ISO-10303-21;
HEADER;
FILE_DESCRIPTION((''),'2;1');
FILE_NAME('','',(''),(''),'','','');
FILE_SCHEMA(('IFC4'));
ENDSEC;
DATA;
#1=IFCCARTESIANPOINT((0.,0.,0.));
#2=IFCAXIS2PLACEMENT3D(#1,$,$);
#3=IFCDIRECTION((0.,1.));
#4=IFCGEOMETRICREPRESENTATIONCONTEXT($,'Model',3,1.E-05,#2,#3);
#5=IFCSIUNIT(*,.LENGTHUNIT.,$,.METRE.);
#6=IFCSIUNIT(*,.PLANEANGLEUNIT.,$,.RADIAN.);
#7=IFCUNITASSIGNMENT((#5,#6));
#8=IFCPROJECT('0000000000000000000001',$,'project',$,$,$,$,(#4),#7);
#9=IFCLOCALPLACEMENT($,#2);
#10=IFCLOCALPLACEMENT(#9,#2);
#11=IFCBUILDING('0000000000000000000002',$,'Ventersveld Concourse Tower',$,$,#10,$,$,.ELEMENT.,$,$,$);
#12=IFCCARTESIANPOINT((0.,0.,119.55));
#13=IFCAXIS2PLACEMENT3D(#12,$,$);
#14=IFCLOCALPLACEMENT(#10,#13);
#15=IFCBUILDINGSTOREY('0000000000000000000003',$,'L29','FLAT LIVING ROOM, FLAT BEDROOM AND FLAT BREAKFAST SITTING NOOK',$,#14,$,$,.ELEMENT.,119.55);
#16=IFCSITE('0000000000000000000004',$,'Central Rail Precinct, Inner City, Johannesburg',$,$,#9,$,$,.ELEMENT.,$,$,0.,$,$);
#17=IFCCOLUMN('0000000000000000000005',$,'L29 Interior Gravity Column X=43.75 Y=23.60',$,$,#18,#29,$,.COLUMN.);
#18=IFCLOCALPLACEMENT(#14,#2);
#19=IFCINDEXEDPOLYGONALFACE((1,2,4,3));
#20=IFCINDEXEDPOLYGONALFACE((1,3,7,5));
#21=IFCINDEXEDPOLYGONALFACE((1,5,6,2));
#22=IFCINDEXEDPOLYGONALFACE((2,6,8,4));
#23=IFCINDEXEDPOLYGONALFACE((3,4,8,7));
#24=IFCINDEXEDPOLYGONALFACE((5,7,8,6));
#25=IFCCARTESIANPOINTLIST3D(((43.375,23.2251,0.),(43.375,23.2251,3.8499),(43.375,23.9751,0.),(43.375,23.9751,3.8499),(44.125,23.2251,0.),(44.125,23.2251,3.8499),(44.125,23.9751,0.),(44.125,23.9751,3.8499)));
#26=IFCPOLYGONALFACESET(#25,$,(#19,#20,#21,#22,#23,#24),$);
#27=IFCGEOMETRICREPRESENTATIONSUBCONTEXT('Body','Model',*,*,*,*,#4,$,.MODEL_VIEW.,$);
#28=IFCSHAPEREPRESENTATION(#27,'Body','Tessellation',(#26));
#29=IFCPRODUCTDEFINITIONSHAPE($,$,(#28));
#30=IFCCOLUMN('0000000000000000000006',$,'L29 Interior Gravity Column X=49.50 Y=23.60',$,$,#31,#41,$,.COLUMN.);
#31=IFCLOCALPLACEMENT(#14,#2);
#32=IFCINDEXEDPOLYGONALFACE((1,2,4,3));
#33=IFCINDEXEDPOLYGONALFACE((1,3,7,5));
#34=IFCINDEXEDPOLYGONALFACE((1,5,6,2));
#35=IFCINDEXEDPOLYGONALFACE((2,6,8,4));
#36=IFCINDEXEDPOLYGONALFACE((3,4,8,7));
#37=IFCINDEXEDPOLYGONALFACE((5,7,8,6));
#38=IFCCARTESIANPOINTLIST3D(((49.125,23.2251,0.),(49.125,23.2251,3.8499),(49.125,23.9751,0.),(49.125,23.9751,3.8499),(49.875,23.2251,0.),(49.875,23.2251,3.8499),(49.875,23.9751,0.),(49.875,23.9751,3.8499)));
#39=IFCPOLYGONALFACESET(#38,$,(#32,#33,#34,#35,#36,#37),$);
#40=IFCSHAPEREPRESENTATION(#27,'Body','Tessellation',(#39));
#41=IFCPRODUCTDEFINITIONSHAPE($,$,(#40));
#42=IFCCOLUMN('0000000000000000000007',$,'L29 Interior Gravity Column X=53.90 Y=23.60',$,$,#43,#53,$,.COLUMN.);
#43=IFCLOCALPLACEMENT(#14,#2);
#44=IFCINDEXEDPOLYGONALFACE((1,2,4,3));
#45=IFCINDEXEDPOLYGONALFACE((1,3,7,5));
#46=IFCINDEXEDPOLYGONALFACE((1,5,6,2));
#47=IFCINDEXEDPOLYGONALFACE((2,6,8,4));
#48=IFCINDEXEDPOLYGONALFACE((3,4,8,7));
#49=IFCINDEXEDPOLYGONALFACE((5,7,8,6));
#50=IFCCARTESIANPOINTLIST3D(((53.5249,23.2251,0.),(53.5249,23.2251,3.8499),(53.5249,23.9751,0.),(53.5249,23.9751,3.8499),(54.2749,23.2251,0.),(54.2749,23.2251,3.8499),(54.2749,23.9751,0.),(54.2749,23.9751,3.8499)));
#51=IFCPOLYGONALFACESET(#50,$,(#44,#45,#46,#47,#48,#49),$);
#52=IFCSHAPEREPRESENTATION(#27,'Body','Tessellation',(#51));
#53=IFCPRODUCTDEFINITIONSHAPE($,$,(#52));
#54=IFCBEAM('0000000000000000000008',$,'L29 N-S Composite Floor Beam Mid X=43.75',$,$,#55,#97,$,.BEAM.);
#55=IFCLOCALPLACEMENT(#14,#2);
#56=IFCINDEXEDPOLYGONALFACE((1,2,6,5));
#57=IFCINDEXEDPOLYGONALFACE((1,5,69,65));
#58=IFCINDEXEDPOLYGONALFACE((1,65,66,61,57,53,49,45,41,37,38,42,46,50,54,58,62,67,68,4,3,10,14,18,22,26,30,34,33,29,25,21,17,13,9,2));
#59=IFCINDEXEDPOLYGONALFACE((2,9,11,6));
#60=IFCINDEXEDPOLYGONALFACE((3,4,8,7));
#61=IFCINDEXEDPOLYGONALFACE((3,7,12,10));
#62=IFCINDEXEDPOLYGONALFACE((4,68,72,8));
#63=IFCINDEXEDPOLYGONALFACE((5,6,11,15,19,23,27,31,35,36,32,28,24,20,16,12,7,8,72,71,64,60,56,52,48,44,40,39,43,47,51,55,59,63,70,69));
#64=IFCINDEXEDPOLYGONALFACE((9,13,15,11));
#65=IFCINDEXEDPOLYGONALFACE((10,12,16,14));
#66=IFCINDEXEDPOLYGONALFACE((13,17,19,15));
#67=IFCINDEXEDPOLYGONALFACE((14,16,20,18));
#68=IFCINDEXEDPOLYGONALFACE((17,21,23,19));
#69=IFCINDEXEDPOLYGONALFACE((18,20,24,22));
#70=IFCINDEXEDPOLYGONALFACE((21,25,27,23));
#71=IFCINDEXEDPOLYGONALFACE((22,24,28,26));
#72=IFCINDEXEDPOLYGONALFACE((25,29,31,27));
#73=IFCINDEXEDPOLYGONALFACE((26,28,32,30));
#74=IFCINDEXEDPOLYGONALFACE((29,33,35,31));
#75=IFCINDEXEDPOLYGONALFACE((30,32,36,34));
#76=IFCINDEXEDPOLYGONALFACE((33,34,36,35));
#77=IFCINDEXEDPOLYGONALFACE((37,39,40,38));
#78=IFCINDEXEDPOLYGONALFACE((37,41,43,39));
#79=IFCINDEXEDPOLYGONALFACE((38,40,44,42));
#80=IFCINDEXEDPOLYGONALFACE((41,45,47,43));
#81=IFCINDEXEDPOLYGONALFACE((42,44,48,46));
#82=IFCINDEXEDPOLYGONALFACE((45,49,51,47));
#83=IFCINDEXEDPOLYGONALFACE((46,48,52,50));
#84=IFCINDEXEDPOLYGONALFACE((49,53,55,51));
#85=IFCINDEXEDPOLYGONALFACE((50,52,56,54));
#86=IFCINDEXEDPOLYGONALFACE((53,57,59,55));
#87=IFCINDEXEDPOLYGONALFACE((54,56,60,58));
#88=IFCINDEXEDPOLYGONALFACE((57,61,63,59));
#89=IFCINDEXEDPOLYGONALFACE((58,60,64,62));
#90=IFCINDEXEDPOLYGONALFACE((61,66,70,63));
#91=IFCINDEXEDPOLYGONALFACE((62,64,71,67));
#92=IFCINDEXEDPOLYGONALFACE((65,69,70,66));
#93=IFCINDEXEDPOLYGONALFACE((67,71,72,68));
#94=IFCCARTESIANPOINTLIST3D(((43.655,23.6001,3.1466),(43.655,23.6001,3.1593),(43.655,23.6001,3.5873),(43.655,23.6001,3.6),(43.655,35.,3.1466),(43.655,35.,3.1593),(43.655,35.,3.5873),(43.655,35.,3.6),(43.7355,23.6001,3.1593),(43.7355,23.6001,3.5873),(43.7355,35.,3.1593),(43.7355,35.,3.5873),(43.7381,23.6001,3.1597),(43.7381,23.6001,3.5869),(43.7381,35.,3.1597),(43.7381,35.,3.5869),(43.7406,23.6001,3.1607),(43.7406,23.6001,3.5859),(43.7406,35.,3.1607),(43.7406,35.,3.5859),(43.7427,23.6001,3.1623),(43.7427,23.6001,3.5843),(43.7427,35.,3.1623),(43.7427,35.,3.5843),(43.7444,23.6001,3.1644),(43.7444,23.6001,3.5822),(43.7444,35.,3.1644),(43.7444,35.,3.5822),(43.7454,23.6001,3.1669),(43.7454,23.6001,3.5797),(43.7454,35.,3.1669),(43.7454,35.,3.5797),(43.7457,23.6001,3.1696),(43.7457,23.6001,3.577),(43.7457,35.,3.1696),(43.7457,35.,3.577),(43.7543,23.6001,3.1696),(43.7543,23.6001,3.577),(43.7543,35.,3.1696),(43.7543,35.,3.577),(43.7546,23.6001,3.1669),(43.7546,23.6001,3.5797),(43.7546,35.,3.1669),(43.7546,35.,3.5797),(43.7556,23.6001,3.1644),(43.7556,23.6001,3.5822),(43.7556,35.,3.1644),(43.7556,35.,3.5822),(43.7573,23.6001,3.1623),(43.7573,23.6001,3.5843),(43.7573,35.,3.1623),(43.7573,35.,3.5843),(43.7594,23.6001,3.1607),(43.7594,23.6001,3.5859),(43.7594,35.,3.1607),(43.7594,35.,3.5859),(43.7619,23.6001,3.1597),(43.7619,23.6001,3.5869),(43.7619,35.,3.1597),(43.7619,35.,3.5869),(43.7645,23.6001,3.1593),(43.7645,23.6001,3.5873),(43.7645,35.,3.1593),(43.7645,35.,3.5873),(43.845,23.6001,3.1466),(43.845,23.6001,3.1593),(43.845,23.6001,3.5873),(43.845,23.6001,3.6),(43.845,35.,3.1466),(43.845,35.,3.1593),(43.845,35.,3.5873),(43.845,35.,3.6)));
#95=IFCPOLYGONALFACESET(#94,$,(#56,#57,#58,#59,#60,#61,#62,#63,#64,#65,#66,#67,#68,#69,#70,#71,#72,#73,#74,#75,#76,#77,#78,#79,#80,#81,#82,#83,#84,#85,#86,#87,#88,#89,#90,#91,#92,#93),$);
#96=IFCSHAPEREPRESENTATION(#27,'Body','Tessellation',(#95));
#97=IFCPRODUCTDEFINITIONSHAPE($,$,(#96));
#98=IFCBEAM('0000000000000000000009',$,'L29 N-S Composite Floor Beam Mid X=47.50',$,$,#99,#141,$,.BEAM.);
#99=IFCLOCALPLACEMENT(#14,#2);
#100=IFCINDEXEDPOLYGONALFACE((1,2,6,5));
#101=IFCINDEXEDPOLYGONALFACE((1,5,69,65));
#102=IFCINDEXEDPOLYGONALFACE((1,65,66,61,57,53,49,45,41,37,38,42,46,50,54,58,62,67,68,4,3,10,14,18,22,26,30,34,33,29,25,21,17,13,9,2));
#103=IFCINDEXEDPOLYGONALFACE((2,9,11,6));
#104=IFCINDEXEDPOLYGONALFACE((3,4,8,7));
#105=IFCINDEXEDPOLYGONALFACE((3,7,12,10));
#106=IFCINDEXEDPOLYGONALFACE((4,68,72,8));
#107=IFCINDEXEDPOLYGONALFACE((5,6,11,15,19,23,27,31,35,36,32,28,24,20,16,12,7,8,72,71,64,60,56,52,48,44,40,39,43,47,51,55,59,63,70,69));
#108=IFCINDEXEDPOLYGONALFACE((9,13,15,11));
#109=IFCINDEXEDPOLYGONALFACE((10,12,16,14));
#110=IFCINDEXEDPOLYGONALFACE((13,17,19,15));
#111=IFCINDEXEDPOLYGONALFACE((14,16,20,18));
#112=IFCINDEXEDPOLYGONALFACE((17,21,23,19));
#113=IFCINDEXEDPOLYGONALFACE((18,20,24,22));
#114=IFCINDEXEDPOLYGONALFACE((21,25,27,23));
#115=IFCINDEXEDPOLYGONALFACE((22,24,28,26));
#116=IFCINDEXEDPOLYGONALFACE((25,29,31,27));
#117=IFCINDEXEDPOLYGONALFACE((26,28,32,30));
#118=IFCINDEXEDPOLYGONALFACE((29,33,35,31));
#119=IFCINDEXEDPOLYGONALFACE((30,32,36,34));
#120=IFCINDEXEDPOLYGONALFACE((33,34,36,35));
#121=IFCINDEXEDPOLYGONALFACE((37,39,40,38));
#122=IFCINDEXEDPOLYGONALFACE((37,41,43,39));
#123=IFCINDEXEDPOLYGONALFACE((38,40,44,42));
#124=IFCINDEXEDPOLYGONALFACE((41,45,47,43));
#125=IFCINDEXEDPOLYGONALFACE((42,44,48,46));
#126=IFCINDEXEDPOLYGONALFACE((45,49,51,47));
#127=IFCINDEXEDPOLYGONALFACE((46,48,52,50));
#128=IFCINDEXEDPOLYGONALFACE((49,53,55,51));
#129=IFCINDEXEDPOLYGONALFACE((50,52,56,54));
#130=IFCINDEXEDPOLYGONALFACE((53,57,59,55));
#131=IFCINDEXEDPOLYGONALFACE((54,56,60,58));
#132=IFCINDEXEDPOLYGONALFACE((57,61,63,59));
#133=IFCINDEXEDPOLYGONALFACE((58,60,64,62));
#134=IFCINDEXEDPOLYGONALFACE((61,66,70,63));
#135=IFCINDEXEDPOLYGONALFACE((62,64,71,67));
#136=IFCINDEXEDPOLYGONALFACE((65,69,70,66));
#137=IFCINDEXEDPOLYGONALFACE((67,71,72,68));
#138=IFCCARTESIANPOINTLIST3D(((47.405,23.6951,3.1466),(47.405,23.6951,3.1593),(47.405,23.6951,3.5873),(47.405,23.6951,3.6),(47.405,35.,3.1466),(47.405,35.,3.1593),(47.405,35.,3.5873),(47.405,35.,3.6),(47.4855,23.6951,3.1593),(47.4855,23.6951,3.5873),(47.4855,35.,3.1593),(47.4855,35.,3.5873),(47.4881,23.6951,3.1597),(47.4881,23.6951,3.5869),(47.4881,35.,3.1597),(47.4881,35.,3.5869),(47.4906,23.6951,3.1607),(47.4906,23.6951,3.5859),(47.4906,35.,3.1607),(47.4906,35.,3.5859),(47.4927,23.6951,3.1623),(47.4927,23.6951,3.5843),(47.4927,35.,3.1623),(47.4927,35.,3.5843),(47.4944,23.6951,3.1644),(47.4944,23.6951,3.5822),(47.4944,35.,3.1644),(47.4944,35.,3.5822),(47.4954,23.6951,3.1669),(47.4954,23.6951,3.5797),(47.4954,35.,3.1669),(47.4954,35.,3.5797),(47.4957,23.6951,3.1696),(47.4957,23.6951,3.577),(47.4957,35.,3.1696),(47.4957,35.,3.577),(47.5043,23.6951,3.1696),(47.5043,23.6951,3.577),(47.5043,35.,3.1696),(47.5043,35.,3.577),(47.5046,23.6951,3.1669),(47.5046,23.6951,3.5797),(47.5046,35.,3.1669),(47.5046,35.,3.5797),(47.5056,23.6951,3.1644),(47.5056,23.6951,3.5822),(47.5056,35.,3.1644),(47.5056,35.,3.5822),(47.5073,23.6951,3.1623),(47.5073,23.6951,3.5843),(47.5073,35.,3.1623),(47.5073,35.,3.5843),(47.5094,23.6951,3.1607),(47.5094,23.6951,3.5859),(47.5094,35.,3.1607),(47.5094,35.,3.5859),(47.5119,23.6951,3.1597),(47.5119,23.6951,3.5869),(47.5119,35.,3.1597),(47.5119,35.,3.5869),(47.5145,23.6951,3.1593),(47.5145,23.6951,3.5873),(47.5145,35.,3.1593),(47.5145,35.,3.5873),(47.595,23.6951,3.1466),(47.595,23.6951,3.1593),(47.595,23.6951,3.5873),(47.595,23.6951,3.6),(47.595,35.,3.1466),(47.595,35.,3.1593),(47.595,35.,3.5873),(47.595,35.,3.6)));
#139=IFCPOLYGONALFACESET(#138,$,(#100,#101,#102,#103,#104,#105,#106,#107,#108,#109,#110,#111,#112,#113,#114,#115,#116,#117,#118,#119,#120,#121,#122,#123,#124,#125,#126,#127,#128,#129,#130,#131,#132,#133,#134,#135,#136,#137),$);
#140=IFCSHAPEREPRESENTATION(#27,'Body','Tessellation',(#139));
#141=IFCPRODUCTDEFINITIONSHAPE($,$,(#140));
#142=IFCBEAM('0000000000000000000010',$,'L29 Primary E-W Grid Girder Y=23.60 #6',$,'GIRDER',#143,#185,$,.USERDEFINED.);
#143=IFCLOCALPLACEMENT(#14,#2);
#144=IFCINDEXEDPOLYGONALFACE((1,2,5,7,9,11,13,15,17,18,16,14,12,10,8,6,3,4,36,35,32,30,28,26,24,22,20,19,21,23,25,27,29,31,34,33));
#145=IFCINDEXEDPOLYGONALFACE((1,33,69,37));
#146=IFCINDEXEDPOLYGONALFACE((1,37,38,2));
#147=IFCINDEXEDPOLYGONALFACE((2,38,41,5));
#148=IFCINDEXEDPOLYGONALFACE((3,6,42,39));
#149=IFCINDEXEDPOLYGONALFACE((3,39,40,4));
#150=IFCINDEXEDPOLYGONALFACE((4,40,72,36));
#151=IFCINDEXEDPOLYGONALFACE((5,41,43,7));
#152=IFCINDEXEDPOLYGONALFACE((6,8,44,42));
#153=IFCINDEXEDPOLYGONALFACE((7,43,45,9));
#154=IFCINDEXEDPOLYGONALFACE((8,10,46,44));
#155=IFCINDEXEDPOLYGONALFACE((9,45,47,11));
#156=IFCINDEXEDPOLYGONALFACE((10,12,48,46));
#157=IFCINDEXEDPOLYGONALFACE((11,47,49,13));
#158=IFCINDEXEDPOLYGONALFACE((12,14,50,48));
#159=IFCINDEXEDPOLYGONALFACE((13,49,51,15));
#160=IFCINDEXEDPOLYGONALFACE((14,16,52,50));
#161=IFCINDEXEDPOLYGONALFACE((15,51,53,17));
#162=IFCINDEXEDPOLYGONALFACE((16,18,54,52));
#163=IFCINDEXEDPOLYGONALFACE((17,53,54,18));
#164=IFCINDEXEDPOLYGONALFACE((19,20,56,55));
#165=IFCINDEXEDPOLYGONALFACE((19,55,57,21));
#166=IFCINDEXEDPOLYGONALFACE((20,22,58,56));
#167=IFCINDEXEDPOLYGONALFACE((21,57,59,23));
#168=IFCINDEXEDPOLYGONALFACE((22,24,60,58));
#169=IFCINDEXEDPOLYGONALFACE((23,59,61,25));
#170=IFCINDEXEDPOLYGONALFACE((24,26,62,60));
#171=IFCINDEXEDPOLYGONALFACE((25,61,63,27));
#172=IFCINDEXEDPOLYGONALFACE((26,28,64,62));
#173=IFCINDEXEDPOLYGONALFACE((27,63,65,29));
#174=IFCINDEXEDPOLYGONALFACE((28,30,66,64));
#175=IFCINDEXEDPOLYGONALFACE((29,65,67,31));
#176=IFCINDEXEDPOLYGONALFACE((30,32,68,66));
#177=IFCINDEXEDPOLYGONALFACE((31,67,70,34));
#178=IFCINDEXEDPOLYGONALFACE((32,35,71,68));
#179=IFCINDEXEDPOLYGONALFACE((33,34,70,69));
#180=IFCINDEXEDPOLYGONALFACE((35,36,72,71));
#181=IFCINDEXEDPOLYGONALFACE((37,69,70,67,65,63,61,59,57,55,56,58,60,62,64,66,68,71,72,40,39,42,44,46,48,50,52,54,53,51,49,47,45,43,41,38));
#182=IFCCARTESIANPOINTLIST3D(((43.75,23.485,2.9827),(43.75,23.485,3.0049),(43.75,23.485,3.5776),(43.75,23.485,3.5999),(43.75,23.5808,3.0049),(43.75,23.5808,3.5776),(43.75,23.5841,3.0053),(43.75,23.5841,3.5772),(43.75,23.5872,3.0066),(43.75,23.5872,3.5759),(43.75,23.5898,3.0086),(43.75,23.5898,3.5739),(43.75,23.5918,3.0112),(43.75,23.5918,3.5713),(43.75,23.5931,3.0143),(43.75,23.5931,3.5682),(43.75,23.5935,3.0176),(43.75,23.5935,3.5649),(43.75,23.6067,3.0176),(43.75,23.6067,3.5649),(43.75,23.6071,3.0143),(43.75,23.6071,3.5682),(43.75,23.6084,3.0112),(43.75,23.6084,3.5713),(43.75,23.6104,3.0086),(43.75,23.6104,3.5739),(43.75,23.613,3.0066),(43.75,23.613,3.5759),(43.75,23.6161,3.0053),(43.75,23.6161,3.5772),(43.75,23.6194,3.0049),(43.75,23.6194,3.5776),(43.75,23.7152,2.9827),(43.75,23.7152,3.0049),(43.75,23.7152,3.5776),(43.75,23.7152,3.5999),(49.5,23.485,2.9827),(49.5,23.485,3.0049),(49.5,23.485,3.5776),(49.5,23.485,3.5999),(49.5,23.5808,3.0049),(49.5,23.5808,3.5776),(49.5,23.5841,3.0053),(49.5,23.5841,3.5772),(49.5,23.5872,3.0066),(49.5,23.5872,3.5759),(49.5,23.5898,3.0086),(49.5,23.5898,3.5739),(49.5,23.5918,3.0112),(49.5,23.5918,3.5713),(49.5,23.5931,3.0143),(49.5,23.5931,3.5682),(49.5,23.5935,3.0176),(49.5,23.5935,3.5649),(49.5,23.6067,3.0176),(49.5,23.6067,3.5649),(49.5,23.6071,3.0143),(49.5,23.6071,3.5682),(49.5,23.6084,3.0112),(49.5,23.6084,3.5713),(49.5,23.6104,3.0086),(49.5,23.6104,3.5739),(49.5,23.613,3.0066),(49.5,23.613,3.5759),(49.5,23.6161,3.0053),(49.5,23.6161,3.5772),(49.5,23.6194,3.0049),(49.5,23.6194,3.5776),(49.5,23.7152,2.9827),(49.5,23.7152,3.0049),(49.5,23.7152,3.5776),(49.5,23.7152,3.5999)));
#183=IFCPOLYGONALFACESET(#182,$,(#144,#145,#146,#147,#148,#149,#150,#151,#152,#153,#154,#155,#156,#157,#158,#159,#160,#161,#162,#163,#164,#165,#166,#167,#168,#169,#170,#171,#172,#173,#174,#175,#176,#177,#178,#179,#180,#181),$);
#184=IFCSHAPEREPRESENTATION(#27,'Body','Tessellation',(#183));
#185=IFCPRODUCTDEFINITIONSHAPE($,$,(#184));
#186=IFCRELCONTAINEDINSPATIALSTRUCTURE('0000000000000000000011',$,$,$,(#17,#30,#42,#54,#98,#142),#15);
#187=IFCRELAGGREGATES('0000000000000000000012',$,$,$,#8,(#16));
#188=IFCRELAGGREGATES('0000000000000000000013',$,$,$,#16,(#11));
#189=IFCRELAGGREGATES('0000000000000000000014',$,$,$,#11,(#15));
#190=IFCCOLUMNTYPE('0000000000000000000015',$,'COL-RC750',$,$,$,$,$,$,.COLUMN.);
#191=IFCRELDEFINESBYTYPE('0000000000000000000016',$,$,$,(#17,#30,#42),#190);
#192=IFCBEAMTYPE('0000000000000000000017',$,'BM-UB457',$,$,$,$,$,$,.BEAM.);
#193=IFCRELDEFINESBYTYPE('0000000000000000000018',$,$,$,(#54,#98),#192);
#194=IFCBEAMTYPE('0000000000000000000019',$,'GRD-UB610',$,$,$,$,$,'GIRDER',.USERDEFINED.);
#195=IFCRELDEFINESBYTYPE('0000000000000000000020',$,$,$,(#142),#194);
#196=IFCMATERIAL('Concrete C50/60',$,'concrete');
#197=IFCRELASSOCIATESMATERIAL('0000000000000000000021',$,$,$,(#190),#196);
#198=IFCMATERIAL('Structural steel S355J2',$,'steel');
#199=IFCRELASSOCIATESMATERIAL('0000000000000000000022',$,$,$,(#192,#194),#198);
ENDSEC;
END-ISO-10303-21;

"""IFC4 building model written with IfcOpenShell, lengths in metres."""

from ifc_helpers import new_model, si_unit, direction, frame, origin, origin_2d, place, context, subcontext, project, spatial, rectangle, i_section, extrude, material, material_profile, profile_set, type_object, element, save


model = new_model("IFC4")

# Units and contexts
model_context = context("Model", 3, precision=1e-05, world=origin(), true_north=direction((0.0, 1.0)))
body_context = subcontext(model_context, "Body", "Model", "MODEL_VIEW")
ifc_project = project(units=[si_unit("LENGTHUNIT", "METRE"), si_unit("PLANEANGLEUNIT", "RADIAN")], contexts=[model_context])

# Site, building, storey
site_placement = place(None, origin())
site = spatial("IfcSite", under=ifc_project, at=site_placement, Name="Central Rail Precinct, Inner City, Johannesburg", CompositionType="ELEMENT", RefElevation=0.0)
building_placement = place(site_placement, origin())
building = spatial("IfcBuilding", under=site, at=building_placement, Name="Ventersveld Concourse Tower", CompositionType="ELEMENT")
storey_placement = place(building_placement, frame((0.0, 0.0, 119.55)))
storey = spatial("IfcBuildingStorey", under=building, at=storey_placement, Name="L29", Description="FLAT LIVING ROOM, FLAT BEDROOM AND FLAT BREAKFAST SITTING NOOK", CompositionType="ELEMENT", Elevation=119.55)

# Columns
ifc_material_1 = material(Name="Concrete C50/60", Category="concrete")
ifc_material_profile_1 = material_profile(ifc_material_1, rectangle(XDim=0.75, YDim=0.75, at=origin_2d()), Name="RC 750x750")
ifc_profile_set_1 = profile_set([ifc_material_profile_1], Name="Concrete C50/60")
column_type = type_object("IfcColumnType", Name="COL-RC750", PredefinedType="COLUMN", material=ifc_profile_set_1)
for number, where, z_axis, x_axis, name in (
    (1, (43.75, 23.6001, 0.0), (0.0, 0.0, 1.0), (1.0, 0.0, 0.0), "L29 Interior Gravity Column X=43.75 Y=23.60"),
    (2, (49.5, 23.6001, 0.0), (0.0, 0.0, 1.0), (1.0, 0.0, 0.0), "L29 Interior Gravity Column X=49.50 Y=23.60"),
    (3, (53.8999, 23.6001, 0.0), (0.0, 0.0, 1.0), (1.0, 0.0, 0.0), "L29 Interior Gravity Column X=53.90 Y=23.60"),
):
    element("IfcColumn", number, at=place(storey_placement, frame(where, z_axis=z_axis, x_axis=x_axis)), inside=storey, type_object=column_type, Name=name, PredefinedType="COLUMN", context=body_context, shape_type="SweptSolid", body=[
        extrude(rectangle(XDim=0.75, YDim=0.75, at=origin_2d()), origin(), (0.0, 0.0, 1.0), 3.8499),
    ])

# Beams
ifc_material_2 = material(Name="Structural steel S355J2", Category="steel")
ifc_material_profile_2 = material_profile(ifc_material_2, i_section(OverallWidth=0.1899, OverallDepth=0.4534, WebThickness=0.0085, FlangeThickness=0.0127, FilletRadius=0.0103, at=origin_2d()), Name="UB 457x191x67")
ifc_profile_set_2 = profile_set([ifc_material_profile_2], Name="Structural steel S355J2")
beam_type_1 = type_object("IfcBeamType", Name="BM-UB457", PredefinedType="BEAM", material=ifc_profile_set_2)
beam_1_placement = place(storey_placement, frame((43.75, 23.6001, 3.3733), z_axis=(0.0, 1.0, 0.0), x_axis=(-1.0, 0.0, 0.0)))
element("IfcBeam", 4, at=beam_1_placement, inside=storey, type_object=beam_type_1, Name="L29 N-S Composite Floor Beam Mid X=43.75", PredefinedType="BEAM", context=body_context, shape_type="SweptSolid", body=[
    extrude(i_section(OverallWidth=0.1899, OverallDepth=0.4534, WebThickness=0.0085, FlangeThickness=0.0127, FilletRadius=0.0103, at=origin_2d()), origin(), (0.0, 0.0, 1.0), 11.3999),
])
beam_2_placement = place(storey_placement, frame((47.5, 23.6951, 3.3733), z_axis=(0.0, 1.0, 0.0), x_axis=(-1.0, 0.0, 0.0)))
element("IfcBeam", 5, at=beam_2_placement, inside=storey, type_object=beam_type_1, Name="L29 N-S Composite Floor Beam Mid X=47.50", PredefinedType="BEAM", context=body_context, shape_type="SweptSolid", body=[
    extrude(i_section(OverallWidth=0.1899, OverallDepth=0.4534, WebThickness=0.0085, FlangeThickness=0.0127, FilletRadius=0.0103, at=origin_2d()), origin(), (0.0, 0.0, 1.0), 11.3049),
])
ifc_material_profile_3 = material_profile(ifc_material_2, i_section(OverallWidth=0.2302, OverallDepth=0.6172, WebThickness=0.0132, FlangeThickness=0.0222, FilletRadius=0.0127, at=origin_2d()), Name="UB 610x229x140")
ifc_profile_set_3 = profile_set([ifc_material_profile_3], Name="Structural steel S355J2")
beam_type_2 = type_object("IfcBeamType", Name="GRD-UB610", ElementType="GIRDER", PredefinedType="USERDEFINED", material=ifc_profile_set_3)
beam_3_placement = place(storey_placement, frame((43.75, 23.6001, 3.2913), z_axis=(1.0, 0.0, 0.0), x_axis=(0.0, 1.0, 0.0)))
element("IfcBeam", 6, at=beam_3_placement, inside=storey, type_object=beam_type_2, Name="L29 Primary E-W Grid Girder Y=23.60 #6", ObjectType="GIRDER", PredefinedType="USERDEFINED", context=body_context, shape_type="SweptSolid", body=[
    extrude(i_section(OverallWidth=0.2302, OverallDepth=0.6172, WebThickness=0.0132, FlangeThickness=0.0222, FilletRadius=0.0127, at=origin_2d()), origin(), (0.0, 0.0, 1.0), 5.75),
])

save(model, "model.ifc")
